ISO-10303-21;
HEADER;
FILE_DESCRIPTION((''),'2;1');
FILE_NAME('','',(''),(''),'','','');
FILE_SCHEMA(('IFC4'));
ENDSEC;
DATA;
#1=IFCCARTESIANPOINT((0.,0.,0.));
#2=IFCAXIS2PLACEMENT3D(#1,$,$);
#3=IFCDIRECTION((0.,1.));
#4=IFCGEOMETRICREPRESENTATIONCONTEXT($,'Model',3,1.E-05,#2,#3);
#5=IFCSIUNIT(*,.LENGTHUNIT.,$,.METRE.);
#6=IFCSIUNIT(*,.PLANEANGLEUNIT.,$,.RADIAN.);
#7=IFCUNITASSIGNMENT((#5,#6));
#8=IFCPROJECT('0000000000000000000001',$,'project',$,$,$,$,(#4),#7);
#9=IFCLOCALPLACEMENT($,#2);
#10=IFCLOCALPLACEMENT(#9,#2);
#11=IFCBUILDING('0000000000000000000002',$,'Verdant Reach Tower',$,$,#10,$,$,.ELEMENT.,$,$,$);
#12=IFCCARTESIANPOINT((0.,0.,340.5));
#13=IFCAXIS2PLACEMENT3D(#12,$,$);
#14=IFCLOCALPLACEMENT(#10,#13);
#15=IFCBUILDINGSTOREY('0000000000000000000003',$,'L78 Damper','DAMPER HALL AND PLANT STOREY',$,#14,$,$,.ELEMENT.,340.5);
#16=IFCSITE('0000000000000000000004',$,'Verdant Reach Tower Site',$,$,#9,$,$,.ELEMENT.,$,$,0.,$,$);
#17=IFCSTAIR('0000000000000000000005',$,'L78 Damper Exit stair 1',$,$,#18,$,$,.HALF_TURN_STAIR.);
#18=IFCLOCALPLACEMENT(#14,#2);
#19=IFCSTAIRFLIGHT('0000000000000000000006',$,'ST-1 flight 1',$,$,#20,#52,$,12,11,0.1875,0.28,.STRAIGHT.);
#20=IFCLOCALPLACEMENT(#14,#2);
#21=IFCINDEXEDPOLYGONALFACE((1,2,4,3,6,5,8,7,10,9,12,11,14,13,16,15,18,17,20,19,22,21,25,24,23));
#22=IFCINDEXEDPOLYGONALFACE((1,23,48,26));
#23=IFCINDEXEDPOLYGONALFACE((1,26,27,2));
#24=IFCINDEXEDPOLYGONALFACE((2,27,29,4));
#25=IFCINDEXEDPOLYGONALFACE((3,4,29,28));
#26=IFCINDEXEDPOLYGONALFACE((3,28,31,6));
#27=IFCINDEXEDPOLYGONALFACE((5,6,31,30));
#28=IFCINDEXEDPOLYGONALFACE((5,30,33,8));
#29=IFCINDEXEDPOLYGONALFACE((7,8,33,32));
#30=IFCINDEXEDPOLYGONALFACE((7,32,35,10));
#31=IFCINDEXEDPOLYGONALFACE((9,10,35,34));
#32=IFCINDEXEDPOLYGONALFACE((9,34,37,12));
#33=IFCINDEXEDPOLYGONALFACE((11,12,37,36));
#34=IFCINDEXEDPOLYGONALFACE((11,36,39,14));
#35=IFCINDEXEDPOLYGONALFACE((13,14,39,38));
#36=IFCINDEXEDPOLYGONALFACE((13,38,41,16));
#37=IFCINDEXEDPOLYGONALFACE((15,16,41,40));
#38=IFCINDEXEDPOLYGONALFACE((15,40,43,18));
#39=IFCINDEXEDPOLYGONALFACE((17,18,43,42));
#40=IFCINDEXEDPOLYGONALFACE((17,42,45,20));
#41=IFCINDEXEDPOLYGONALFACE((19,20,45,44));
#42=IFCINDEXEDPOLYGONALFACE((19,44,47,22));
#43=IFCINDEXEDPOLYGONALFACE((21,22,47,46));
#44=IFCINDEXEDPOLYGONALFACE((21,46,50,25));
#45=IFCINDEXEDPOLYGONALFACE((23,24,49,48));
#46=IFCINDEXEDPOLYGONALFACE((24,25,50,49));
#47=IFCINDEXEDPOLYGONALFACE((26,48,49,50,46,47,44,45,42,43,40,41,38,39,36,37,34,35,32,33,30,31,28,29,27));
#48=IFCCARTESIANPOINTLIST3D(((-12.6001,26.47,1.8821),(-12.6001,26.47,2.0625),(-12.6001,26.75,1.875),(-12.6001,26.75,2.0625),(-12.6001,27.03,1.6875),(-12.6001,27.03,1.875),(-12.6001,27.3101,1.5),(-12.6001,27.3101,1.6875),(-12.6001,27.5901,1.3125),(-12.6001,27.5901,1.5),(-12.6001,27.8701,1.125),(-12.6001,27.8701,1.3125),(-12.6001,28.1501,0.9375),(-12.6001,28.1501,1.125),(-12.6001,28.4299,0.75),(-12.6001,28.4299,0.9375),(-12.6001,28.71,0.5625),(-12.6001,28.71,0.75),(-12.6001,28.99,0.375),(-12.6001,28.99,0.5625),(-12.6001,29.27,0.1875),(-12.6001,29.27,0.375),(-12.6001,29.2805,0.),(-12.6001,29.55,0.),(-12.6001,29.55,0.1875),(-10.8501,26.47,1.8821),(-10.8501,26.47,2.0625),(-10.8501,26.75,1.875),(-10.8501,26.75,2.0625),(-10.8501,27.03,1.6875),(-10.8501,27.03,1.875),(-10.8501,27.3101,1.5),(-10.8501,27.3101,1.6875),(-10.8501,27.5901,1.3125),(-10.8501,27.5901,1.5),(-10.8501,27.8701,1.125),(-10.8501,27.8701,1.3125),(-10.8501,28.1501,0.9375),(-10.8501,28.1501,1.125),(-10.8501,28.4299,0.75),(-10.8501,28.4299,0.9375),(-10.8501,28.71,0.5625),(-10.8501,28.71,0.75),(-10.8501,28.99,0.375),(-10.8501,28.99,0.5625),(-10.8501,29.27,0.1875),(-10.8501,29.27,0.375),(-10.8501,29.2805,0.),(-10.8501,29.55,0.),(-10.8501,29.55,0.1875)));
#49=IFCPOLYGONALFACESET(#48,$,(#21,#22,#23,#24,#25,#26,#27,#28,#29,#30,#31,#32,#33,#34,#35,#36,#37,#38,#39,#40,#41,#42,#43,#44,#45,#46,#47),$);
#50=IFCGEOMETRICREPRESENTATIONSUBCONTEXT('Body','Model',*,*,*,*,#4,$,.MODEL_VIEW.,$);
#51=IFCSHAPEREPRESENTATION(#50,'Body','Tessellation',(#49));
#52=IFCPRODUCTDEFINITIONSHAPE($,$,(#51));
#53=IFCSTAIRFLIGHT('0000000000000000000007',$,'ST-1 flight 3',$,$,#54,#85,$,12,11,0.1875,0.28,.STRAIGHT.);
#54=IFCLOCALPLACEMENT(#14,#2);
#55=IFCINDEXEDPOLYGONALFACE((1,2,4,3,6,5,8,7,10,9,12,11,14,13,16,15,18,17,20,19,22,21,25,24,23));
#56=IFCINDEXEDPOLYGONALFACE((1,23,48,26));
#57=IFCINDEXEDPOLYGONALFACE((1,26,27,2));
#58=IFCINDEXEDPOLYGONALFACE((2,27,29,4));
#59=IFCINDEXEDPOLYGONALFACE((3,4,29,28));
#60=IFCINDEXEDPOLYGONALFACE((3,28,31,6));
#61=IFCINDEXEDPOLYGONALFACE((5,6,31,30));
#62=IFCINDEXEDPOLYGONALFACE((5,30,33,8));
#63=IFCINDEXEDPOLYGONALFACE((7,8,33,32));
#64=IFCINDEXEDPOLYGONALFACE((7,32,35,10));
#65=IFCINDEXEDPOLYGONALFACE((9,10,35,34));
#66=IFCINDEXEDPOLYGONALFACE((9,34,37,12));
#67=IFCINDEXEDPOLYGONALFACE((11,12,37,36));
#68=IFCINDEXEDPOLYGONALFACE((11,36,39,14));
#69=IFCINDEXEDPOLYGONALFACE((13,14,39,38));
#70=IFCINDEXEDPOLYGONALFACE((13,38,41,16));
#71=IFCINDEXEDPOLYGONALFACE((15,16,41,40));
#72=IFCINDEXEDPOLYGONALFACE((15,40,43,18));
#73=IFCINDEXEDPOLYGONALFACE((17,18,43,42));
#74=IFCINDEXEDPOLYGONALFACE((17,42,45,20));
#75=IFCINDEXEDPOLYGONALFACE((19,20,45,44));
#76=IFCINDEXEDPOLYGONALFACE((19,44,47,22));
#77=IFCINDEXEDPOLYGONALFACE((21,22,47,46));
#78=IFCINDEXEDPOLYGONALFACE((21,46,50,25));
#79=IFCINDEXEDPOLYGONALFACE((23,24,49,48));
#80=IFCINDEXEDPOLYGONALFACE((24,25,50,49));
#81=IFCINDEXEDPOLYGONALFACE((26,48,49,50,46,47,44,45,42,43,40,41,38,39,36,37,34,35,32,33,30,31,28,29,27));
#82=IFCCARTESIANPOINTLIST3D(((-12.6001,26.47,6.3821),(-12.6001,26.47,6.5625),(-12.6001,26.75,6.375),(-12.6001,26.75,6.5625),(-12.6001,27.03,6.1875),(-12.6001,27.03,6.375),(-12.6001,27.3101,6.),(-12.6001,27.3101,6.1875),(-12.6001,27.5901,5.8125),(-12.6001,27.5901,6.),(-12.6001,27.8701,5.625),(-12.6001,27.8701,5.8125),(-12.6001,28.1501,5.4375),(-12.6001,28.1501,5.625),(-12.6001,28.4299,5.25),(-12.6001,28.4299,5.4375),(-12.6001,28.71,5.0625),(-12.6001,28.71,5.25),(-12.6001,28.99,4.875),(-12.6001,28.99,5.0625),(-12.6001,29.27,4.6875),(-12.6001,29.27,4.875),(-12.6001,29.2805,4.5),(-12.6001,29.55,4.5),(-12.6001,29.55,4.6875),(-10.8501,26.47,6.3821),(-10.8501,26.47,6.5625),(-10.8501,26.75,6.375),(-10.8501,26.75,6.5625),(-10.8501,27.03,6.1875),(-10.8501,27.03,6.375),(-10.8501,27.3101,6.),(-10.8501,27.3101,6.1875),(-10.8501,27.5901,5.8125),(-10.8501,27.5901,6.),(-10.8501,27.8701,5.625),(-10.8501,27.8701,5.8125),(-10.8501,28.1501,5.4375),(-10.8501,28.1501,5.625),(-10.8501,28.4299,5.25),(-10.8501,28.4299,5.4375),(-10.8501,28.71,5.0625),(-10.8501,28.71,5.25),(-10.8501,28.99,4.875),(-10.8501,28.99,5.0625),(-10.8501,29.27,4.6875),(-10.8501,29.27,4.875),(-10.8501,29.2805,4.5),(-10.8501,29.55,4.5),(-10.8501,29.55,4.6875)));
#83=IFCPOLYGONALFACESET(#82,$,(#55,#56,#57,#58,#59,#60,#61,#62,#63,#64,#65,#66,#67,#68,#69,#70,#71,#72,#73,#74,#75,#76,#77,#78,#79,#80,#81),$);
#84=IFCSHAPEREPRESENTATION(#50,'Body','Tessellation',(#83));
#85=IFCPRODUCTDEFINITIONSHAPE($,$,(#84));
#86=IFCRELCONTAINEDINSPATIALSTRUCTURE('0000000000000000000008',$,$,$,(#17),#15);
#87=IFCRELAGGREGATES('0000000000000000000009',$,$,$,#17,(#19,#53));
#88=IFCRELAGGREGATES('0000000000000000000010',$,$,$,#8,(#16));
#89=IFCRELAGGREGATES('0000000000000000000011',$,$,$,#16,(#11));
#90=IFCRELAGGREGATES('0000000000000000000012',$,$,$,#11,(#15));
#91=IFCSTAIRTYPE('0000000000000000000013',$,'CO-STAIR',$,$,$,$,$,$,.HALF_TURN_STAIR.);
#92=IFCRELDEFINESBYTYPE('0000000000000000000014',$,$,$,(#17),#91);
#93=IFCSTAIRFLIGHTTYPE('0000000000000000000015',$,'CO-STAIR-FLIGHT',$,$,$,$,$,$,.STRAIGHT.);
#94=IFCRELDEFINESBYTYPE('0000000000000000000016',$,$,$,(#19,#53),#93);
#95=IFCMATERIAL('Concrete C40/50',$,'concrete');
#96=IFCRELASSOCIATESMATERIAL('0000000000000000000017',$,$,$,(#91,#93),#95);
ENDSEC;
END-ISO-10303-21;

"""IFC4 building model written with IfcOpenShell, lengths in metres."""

from ifc_helpers import new_model, si_unit, direction, frame, origin, place, context, subcontext, project, spatial, polyline, outline, extrude, material, type_object, element, aggregate, save


model = new_model("IFC4")

# Units and contexts
model_context = context("Model", 3, precision=1e-05, world=origin(), true_north=direction((0.0, 1.0)))
body_context = subcontext(model_context, "Body", "Model", "MODEL_VIEW")
ifc_project = project(units=[si_unit("LENGTHUNIT", "METRE"), si_unit("PLANEANGLEUNIT", "RADIAN")], contexts=[model_context])

# Site, building, storey
site_placement = place(None, origin())
site = spatial("IfcSite", under=ifc_project, at=site_placement, Name="Verdant Reach Tower Site", CompositionType="ELEMENT", RefElevation=0.0)
building_placement = place(site_placement, origin())
building = spatial("IfcBuilding", under=site, at=building_placement, Name="Verdant Reach Tower", CompositionType="ELEMENT")
storey_placement = place(building_placement, frame((0.0, 0.0, 340.5)))
storey = spatial("IfcBuildingStorey", under=building, at=storey_placement, Name="L78 Damper", Description="DAMPER HALL AND PLANT STOREY", CompositionType="ELEMENT", Elevation=340.5)

# Shared definitions
ifc_material_1 = material(Name="Concrete C40/50", Category="concrete")

# Stair, stair flights
stair_type = type_object("IfcStairType", Name="CO-STAIR", PredefinedType="HALF_TURN_STAIR", material=ifc_material_1)
stair_placement = place(storey_placement, origin())
stair = element("IfcStair", 1, at=stair_placement, inside=storey, type_object=stair_type, Name="L78 Damper Exit stair 1", PredefinedType="HALF_TURN_STAIR")
stair_flight_type = type_object("IfcStairFlightType", Name="CO-STAIR-FLIGHT", PredefinedType="STRAIGHT", material=ifc_material_1)
stair_flight_1_placement = place(storey_placement, frame((-11.7251, 29.55, 0.0), z_axis=(0.0, 0.0, 1.0), x_axis=(0.0, -1.0, 0.0)))
stair_flight_1 = element("IfcStairFlight", 2, at=stair_flight_1_placement, type_object=stair_flight_type, Name="ST-1 flight 1", NumberOfRisers=12, NumberOfTreads=11, PredefinedType="STRAIGHT", RiserHeight=0.1875, TreadLength=0.28, context=body_context, shape_type="SweptSolid", body=[
    extrude(outline(polyline([(0.0, 0.0), (0.0, 0.1875), (0.28, 0.1875), (0.28, 0.375), (0.5601, 0.375), (0.5601, 0.5625), (0.8401, 0.5625), (0.8401, 0.75), (1.1201, 0.75), (1.1201, 0.9375), (1.3999, 0.9375), (1.3999, 1.125), (1.6799, 1.125), (1.6799, 1.3125), (1.96, 1.3125), (1.96, 1.5), (2.24, 1.5), (2.24, 1.6875), (2.52, 1.6875), (2.52, 1.875), (2.8, 1.875), (2.8, 2.0625), (3.0801, 2.0625), (3.0801, 2.25), (3.0801, 1.8821), (0.2695, 0.0), (0.0, 0.0)])), frame((0.0, 0.875, 0.0), z_axis=(0.0, -1.0, 0.0), x_axis=(1.0, 0.0, 0.0)), (0.0, 0.0, 1.0), 1.75),
])
stair_flight_2_placement = place(storey_placement, frame((-11.7251, 29.55, 4.5), z_axis=(0.0, 0.0, 1.0), x_axis=(0.0, -1.0, 0.0)))
stair_flight_2 = element("IfcStairFlight", 3, at=stair_flight_2_placement, type_object=stair_flight_type, Name="ST-1 flight 3", NumberOfRisers=12, NumberOfTreads=11, PredefinedType="STRAIGHT", RiserHeight=0.1875, TreadLength=0.28, context=body_context, shape_type="SweptSolid", body=[
    extrude(outline(polyline([(0.0, 0.0), (0.0, 0.1875), (0.28, 0.1875), (0.28, 0.375), (0.5601, 0.375), (0.5601, 0.5625), (0.8401, 0.5625), (0.8401, 0.75), (1.1201, 0.75), (1.1201, 0.9375), (1.3999, 0.9375), (1.3999, 1.125), (1.6799, 1.125), (1.6799, 1.3125), (1.96, 1.3125), (1.96, 1.5), (2.24, 1.5), (2.24, 1.6875), (2.52, 1.6875), (2.52, 1.875), (2.8, 1.875), (2.8, 2.0625), (3.0801, 2.0625), (3.0801, 2.25), (3.0801, 1.8821), (0.2695, 0.0), (0.0, 0.0)])), frame((0.0, 0.875, 0.0), z_axis=(0.0, -1.0, 0.0), x_axis=(1.0, 0.0, 0.0)), (0.0, 0.0, 1.0), 1.75),
])
aggregate(stair, [stair_flight_1, stair_flight_2])

save(model, "model.ifc")
